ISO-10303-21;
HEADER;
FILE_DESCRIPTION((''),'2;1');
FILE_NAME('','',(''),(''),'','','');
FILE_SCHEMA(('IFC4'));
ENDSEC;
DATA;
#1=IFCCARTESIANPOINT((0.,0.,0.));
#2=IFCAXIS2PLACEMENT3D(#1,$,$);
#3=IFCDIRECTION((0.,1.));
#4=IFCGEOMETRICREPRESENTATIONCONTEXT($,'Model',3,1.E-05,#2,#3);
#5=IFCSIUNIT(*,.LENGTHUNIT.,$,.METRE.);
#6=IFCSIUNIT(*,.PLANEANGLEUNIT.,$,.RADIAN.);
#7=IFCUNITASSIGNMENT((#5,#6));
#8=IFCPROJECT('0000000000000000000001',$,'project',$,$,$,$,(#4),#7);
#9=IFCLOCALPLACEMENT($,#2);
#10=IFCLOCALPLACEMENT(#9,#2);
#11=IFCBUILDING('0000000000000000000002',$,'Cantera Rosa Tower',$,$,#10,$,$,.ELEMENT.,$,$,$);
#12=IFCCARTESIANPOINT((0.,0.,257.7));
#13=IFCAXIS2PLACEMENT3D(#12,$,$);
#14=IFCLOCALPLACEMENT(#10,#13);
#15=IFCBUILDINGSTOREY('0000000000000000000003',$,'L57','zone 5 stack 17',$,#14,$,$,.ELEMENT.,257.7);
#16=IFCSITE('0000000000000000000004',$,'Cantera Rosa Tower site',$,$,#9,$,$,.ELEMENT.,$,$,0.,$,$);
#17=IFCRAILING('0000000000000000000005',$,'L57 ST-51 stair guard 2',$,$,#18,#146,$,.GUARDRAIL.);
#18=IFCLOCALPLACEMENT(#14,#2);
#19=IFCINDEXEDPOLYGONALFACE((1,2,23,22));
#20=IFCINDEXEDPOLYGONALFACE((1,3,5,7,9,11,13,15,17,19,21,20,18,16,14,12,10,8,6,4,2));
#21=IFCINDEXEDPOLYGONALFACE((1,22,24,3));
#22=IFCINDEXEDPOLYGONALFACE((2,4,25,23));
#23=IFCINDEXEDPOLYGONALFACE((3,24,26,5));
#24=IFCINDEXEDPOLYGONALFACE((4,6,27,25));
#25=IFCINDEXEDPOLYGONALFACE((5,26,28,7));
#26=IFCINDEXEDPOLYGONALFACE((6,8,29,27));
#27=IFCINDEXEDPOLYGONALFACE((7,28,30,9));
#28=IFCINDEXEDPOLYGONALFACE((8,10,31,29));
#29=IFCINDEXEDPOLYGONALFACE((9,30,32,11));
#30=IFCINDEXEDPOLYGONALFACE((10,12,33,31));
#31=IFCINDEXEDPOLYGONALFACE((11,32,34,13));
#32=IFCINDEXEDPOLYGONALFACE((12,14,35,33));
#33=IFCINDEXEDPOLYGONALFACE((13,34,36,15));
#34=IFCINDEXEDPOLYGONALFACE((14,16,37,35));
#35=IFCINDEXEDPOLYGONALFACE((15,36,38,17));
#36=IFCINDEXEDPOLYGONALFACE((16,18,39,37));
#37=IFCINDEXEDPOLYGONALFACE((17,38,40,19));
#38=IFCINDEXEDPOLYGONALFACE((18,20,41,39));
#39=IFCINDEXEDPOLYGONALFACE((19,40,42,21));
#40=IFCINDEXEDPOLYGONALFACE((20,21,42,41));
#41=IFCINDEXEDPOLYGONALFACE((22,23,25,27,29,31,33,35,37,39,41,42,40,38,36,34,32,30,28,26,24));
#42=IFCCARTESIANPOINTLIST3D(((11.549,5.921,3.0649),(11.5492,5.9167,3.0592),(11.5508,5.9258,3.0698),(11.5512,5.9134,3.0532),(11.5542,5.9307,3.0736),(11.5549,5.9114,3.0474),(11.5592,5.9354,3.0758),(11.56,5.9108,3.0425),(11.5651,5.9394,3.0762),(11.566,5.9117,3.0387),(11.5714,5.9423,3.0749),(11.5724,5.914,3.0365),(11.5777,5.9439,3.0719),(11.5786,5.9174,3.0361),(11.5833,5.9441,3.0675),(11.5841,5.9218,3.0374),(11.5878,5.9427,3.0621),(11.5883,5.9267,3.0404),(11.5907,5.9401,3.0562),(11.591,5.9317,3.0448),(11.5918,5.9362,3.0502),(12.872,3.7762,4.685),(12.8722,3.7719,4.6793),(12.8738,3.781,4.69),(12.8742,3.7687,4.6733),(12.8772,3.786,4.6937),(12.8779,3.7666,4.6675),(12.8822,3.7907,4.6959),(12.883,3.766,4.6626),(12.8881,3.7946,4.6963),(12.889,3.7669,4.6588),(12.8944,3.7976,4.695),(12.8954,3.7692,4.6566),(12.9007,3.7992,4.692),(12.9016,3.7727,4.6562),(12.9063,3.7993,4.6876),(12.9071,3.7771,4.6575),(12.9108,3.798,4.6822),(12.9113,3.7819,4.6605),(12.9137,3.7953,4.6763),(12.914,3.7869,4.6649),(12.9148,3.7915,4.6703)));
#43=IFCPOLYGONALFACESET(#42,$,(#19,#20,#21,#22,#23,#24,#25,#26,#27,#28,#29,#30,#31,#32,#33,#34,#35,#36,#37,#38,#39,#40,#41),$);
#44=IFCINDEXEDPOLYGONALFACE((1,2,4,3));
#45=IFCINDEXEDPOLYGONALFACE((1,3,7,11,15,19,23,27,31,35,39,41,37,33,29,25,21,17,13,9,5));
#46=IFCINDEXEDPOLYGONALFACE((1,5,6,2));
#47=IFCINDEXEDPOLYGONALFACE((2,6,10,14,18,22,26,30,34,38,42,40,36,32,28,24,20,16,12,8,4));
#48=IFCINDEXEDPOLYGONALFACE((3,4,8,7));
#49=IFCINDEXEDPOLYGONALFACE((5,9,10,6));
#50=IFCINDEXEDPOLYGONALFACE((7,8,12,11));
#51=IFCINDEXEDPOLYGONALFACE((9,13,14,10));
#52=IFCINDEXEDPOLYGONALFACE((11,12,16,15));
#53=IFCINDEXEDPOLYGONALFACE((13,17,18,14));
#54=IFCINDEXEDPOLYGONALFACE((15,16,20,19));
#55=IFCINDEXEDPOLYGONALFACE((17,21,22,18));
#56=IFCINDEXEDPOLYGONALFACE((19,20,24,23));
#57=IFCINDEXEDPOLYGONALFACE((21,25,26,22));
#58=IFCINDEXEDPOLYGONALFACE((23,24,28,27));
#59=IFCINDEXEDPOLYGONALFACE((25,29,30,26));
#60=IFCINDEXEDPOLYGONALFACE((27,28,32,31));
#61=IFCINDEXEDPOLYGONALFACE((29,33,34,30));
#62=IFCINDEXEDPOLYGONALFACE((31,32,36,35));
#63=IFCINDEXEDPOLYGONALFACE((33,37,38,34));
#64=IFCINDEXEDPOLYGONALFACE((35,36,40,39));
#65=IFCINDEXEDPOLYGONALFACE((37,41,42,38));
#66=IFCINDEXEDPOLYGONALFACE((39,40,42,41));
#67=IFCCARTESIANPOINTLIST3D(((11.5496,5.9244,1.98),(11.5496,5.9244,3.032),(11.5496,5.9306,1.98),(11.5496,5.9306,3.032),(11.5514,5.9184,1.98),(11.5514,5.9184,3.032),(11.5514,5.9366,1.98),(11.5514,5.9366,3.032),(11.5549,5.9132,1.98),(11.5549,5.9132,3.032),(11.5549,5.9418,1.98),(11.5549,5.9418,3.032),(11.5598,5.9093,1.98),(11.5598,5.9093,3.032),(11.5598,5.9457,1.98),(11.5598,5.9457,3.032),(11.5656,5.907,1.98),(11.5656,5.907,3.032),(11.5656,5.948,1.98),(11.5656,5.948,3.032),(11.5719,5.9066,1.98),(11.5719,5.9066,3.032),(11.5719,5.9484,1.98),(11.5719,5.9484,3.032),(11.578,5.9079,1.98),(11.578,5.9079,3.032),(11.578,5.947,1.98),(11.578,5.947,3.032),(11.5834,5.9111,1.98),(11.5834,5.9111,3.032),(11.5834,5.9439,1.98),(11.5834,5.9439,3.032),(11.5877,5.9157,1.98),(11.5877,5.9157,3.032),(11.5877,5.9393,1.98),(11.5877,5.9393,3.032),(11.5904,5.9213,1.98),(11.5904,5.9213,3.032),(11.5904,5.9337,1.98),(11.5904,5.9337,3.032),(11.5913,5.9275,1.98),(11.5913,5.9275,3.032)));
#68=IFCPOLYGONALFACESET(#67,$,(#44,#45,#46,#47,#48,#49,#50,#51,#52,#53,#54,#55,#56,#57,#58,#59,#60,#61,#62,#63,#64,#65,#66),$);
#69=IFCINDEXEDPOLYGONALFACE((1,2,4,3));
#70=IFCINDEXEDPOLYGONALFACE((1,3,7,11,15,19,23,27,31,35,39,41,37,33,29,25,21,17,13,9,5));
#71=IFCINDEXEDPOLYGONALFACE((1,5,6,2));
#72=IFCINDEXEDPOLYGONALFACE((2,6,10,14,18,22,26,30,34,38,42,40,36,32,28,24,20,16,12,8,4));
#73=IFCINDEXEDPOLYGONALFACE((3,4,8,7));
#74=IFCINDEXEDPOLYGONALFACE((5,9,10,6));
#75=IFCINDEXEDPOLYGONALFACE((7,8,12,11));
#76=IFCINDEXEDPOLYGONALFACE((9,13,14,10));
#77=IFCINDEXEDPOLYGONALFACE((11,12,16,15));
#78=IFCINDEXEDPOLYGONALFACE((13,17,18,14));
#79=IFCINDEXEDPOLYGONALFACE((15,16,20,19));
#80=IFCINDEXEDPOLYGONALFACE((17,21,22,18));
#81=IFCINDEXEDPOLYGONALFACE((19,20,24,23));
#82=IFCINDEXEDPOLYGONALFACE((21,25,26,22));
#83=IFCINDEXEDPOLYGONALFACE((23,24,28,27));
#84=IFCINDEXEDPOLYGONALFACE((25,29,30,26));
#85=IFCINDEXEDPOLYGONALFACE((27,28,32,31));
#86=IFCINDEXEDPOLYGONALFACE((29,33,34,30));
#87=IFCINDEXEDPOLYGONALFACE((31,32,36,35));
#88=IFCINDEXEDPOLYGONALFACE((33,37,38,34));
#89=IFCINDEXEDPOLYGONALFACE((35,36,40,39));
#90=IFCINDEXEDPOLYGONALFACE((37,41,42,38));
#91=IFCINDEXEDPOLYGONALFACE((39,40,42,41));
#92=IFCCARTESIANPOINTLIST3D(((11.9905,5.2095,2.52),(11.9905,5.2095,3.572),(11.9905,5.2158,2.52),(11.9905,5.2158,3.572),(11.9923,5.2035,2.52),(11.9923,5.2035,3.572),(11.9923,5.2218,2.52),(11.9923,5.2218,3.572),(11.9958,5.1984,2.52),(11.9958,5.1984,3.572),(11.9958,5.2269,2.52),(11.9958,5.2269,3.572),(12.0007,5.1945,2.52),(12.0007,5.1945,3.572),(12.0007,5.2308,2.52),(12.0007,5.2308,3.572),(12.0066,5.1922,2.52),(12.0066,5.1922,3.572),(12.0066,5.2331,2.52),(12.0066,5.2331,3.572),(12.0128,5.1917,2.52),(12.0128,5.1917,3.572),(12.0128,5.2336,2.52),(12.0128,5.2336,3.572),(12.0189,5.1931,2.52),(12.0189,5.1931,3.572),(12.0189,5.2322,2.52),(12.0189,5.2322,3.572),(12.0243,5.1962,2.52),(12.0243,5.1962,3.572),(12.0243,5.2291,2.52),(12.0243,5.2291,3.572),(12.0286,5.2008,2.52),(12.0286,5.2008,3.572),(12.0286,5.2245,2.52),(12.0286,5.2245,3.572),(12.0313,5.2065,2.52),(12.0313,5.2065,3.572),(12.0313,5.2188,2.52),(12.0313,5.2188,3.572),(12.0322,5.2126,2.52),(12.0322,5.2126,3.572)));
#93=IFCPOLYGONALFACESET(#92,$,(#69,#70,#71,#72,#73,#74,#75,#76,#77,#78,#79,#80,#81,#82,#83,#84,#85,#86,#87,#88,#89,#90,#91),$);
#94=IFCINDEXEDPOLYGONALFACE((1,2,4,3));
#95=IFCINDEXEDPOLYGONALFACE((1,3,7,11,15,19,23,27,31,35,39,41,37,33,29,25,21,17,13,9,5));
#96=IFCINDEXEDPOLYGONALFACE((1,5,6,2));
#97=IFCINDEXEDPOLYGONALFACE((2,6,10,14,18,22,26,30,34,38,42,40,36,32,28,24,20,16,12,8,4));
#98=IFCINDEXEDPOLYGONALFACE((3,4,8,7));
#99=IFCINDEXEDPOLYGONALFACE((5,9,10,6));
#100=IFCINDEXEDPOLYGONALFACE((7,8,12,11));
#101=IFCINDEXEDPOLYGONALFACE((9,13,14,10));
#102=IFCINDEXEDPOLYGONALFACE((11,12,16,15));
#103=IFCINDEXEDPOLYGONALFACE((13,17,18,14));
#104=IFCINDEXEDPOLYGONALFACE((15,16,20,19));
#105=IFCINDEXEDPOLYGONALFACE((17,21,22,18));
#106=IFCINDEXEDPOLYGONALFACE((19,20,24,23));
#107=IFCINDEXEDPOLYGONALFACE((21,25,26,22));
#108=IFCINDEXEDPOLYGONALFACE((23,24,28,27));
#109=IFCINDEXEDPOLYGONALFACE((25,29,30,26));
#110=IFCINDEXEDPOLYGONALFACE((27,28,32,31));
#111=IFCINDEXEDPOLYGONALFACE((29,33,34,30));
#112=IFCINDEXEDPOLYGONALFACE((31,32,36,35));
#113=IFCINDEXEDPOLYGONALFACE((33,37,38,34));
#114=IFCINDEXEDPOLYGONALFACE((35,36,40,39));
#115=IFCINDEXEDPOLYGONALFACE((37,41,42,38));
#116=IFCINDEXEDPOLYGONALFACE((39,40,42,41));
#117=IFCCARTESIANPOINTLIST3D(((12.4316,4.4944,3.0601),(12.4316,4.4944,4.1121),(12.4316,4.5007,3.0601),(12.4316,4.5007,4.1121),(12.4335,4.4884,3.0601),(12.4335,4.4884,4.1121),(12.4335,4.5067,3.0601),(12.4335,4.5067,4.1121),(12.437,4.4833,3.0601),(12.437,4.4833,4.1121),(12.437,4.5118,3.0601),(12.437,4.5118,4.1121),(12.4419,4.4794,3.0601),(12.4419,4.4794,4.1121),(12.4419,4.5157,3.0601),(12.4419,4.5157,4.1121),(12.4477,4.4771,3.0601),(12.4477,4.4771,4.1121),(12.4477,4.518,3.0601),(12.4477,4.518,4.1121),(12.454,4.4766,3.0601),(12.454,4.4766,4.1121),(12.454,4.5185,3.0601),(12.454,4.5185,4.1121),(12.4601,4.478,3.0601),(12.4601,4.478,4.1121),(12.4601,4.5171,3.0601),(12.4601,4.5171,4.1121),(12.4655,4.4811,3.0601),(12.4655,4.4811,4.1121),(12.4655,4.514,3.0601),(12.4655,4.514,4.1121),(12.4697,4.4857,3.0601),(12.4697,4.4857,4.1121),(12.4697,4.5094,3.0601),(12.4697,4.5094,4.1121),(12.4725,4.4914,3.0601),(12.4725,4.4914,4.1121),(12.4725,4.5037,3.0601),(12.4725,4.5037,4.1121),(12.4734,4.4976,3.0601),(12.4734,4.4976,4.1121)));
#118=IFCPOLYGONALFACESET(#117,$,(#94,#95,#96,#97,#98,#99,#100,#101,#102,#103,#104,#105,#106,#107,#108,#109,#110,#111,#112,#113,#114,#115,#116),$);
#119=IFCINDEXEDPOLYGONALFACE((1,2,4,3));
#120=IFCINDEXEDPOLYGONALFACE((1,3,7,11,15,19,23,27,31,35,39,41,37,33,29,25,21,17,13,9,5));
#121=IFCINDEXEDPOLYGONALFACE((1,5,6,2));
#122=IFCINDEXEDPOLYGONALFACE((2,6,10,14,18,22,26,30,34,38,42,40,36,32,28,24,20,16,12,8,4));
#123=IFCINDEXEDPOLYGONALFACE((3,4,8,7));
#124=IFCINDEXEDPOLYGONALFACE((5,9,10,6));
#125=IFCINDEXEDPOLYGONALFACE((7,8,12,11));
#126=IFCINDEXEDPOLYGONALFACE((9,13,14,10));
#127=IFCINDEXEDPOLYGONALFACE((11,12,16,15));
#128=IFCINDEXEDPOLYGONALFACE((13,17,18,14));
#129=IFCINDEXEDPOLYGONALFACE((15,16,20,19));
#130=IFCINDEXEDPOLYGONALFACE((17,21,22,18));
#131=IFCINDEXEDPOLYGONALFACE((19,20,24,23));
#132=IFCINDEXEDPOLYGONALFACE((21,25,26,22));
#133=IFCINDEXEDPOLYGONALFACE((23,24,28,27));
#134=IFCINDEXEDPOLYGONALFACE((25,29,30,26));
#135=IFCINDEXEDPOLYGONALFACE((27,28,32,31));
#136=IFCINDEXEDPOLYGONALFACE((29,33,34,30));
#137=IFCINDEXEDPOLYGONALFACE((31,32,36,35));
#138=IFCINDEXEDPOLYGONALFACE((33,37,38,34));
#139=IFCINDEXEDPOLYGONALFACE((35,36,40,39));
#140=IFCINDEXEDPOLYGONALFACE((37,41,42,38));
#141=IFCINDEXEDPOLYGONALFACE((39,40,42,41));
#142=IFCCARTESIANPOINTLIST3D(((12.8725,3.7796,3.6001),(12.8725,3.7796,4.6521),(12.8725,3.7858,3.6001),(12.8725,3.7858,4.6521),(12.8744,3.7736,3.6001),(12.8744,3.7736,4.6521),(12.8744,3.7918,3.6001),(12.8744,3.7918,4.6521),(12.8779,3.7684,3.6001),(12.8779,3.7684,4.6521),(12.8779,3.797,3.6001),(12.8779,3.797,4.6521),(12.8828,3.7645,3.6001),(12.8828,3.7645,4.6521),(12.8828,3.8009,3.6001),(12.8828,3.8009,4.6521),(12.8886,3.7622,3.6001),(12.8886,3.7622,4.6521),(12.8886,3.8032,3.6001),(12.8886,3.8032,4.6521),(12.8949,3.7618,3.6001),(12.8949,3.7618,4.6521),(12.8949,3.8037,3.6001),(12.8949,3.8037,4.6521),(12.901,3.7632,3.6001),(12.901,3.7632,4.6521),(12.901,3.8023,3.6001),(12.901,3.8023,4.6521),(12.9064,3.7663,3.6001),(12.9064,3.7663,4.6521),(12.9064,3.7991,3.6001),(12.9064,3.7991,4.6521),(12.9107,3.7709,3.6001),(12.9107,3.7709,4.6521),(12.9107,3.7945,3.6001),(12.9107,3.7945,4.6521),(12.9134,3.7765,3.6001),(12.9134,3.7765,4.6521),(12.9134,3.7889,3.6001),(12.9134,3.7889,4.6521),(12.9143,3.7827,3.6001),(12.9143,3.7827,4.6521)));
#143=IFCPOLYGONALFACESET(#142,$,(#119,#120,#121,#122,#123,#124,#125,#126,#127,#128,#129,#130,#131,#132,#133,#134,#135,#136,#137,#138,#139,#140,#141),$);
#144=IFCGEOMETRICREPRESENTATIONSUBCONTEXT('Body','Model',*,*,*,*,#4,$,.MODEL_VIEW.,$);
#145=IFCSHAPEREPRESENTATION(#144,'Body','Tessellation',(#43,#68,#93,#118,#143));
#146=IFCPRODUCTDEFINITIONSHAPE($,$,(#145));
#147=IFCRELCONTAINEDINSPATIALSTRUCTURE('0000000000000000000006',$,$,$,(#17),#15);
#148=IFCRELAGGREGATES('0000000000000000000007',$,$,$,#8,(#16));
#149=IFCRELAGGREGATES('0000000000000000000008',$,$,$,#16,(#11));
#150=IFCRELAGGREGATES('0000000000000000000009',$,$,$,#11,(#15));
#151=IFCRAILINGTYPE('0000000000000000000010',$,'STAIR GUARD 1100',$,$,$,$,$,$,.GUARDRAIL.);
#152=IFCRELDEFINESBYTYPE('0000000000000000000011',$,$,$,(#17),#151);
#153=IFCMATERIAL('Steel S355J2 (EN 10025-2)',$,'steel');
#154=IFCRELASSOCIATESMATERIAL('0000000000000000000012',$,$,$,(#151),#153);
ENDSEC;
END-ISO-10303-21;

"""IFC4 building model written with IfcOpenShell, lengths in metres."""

from ifc_helpers import new_model, si_unit, direction, frame, origin, origin_2d, place, context, subcontext, project, spatial, circle, extrude, material, type_object, element, save


model = new_model("IFC4")

# Units and contexts
model_context = context("Model", 3, precision=1e-05, world=origin(), true_north=direction((0.0, 1.0)))
body_context = subcontext(model_context, "Body", "Model", "MODEL_VIEW")
ifc_project = project(units=[si_unit("LENGTHUNIT", "METRE"), si_unit("PLANEANGLEUNIT", "RADIAN")], contexts=[model_context])

# Site, building, storey
site_placement = place(None, origin())
site = spatial("IfcSite", under=ifc_project, at=site_placement, Name="Cantera Rosa Tower site", CompositionType="ELEMENT", RefElevation=0.0)
building_placement = place(site_placement, origin())
building = spatial("IfcBuilding", under=site, at=building_placement, Name="Cantera Rosa Tower", CompositionType="ELEMENT")
storey_placement = place(building_placement, frame((0.0, 0.0, 257.7)))
storey = spatial("IfcBuildingStorey", under=building, at=storey_placement, Name="L57", Description="zone 5 stack 17", CompositionType="ELEMENT", Elevation=257.7)

# Railing
ifc_material_1 = material(Name="Steel S355J2 (EN 10025-2)", Category="steel")
railing_type_1 = type_object("IfcRailingType", Name="STAIR GUARD 1100", PredefinedType="GUARDRAIL", material=ifc_material_1)
railing_1_placement = place(storey_placement, frame((11.5703, 5.9275, 1.98)))
element("IfcRailing", 1, at=railing_1_placement, inside=storey, type_object=railing_type_1, Name="L57 ST-51 stair guard 2", PredefinedType="GUARDRAIL", context=body_context, shape_type="SweptSolid", body=[
    extrude(circle(Radius=0.0239, at=origin_2d()), frame((0.0, 0.0, 1.0762), z_axis=(0.441609, -0.715914, 0.540786), x_axis=(0.851102, 0.525, 0.0)), (0.0, 0.0, 1.0), 2.9958),
    extrude(circle(Radius=0.021, at=origin_2d()), origin(), (0.0, 0.0, 1.0), 1.052),
    extrude(circle(Radius=0.021, at=origin_2d()), frame((0.4409, -0.7148, 0.54)), (0.0, 0.0, 1.0), 1.052),
    extrude(circle(Radius=0.021, at=origin_2d()), frame((0.8821, -1.4299, 1.0801)), (0.0, 0.0, 1.0), 1.052),
    extrude(circle(Radius=0.021, at=origin_2d()), frame((1.323, -2.1448, 1.6201)), (0.0, 0.0, 1.0), 1.052),
])

save(model, "model.ifc")
